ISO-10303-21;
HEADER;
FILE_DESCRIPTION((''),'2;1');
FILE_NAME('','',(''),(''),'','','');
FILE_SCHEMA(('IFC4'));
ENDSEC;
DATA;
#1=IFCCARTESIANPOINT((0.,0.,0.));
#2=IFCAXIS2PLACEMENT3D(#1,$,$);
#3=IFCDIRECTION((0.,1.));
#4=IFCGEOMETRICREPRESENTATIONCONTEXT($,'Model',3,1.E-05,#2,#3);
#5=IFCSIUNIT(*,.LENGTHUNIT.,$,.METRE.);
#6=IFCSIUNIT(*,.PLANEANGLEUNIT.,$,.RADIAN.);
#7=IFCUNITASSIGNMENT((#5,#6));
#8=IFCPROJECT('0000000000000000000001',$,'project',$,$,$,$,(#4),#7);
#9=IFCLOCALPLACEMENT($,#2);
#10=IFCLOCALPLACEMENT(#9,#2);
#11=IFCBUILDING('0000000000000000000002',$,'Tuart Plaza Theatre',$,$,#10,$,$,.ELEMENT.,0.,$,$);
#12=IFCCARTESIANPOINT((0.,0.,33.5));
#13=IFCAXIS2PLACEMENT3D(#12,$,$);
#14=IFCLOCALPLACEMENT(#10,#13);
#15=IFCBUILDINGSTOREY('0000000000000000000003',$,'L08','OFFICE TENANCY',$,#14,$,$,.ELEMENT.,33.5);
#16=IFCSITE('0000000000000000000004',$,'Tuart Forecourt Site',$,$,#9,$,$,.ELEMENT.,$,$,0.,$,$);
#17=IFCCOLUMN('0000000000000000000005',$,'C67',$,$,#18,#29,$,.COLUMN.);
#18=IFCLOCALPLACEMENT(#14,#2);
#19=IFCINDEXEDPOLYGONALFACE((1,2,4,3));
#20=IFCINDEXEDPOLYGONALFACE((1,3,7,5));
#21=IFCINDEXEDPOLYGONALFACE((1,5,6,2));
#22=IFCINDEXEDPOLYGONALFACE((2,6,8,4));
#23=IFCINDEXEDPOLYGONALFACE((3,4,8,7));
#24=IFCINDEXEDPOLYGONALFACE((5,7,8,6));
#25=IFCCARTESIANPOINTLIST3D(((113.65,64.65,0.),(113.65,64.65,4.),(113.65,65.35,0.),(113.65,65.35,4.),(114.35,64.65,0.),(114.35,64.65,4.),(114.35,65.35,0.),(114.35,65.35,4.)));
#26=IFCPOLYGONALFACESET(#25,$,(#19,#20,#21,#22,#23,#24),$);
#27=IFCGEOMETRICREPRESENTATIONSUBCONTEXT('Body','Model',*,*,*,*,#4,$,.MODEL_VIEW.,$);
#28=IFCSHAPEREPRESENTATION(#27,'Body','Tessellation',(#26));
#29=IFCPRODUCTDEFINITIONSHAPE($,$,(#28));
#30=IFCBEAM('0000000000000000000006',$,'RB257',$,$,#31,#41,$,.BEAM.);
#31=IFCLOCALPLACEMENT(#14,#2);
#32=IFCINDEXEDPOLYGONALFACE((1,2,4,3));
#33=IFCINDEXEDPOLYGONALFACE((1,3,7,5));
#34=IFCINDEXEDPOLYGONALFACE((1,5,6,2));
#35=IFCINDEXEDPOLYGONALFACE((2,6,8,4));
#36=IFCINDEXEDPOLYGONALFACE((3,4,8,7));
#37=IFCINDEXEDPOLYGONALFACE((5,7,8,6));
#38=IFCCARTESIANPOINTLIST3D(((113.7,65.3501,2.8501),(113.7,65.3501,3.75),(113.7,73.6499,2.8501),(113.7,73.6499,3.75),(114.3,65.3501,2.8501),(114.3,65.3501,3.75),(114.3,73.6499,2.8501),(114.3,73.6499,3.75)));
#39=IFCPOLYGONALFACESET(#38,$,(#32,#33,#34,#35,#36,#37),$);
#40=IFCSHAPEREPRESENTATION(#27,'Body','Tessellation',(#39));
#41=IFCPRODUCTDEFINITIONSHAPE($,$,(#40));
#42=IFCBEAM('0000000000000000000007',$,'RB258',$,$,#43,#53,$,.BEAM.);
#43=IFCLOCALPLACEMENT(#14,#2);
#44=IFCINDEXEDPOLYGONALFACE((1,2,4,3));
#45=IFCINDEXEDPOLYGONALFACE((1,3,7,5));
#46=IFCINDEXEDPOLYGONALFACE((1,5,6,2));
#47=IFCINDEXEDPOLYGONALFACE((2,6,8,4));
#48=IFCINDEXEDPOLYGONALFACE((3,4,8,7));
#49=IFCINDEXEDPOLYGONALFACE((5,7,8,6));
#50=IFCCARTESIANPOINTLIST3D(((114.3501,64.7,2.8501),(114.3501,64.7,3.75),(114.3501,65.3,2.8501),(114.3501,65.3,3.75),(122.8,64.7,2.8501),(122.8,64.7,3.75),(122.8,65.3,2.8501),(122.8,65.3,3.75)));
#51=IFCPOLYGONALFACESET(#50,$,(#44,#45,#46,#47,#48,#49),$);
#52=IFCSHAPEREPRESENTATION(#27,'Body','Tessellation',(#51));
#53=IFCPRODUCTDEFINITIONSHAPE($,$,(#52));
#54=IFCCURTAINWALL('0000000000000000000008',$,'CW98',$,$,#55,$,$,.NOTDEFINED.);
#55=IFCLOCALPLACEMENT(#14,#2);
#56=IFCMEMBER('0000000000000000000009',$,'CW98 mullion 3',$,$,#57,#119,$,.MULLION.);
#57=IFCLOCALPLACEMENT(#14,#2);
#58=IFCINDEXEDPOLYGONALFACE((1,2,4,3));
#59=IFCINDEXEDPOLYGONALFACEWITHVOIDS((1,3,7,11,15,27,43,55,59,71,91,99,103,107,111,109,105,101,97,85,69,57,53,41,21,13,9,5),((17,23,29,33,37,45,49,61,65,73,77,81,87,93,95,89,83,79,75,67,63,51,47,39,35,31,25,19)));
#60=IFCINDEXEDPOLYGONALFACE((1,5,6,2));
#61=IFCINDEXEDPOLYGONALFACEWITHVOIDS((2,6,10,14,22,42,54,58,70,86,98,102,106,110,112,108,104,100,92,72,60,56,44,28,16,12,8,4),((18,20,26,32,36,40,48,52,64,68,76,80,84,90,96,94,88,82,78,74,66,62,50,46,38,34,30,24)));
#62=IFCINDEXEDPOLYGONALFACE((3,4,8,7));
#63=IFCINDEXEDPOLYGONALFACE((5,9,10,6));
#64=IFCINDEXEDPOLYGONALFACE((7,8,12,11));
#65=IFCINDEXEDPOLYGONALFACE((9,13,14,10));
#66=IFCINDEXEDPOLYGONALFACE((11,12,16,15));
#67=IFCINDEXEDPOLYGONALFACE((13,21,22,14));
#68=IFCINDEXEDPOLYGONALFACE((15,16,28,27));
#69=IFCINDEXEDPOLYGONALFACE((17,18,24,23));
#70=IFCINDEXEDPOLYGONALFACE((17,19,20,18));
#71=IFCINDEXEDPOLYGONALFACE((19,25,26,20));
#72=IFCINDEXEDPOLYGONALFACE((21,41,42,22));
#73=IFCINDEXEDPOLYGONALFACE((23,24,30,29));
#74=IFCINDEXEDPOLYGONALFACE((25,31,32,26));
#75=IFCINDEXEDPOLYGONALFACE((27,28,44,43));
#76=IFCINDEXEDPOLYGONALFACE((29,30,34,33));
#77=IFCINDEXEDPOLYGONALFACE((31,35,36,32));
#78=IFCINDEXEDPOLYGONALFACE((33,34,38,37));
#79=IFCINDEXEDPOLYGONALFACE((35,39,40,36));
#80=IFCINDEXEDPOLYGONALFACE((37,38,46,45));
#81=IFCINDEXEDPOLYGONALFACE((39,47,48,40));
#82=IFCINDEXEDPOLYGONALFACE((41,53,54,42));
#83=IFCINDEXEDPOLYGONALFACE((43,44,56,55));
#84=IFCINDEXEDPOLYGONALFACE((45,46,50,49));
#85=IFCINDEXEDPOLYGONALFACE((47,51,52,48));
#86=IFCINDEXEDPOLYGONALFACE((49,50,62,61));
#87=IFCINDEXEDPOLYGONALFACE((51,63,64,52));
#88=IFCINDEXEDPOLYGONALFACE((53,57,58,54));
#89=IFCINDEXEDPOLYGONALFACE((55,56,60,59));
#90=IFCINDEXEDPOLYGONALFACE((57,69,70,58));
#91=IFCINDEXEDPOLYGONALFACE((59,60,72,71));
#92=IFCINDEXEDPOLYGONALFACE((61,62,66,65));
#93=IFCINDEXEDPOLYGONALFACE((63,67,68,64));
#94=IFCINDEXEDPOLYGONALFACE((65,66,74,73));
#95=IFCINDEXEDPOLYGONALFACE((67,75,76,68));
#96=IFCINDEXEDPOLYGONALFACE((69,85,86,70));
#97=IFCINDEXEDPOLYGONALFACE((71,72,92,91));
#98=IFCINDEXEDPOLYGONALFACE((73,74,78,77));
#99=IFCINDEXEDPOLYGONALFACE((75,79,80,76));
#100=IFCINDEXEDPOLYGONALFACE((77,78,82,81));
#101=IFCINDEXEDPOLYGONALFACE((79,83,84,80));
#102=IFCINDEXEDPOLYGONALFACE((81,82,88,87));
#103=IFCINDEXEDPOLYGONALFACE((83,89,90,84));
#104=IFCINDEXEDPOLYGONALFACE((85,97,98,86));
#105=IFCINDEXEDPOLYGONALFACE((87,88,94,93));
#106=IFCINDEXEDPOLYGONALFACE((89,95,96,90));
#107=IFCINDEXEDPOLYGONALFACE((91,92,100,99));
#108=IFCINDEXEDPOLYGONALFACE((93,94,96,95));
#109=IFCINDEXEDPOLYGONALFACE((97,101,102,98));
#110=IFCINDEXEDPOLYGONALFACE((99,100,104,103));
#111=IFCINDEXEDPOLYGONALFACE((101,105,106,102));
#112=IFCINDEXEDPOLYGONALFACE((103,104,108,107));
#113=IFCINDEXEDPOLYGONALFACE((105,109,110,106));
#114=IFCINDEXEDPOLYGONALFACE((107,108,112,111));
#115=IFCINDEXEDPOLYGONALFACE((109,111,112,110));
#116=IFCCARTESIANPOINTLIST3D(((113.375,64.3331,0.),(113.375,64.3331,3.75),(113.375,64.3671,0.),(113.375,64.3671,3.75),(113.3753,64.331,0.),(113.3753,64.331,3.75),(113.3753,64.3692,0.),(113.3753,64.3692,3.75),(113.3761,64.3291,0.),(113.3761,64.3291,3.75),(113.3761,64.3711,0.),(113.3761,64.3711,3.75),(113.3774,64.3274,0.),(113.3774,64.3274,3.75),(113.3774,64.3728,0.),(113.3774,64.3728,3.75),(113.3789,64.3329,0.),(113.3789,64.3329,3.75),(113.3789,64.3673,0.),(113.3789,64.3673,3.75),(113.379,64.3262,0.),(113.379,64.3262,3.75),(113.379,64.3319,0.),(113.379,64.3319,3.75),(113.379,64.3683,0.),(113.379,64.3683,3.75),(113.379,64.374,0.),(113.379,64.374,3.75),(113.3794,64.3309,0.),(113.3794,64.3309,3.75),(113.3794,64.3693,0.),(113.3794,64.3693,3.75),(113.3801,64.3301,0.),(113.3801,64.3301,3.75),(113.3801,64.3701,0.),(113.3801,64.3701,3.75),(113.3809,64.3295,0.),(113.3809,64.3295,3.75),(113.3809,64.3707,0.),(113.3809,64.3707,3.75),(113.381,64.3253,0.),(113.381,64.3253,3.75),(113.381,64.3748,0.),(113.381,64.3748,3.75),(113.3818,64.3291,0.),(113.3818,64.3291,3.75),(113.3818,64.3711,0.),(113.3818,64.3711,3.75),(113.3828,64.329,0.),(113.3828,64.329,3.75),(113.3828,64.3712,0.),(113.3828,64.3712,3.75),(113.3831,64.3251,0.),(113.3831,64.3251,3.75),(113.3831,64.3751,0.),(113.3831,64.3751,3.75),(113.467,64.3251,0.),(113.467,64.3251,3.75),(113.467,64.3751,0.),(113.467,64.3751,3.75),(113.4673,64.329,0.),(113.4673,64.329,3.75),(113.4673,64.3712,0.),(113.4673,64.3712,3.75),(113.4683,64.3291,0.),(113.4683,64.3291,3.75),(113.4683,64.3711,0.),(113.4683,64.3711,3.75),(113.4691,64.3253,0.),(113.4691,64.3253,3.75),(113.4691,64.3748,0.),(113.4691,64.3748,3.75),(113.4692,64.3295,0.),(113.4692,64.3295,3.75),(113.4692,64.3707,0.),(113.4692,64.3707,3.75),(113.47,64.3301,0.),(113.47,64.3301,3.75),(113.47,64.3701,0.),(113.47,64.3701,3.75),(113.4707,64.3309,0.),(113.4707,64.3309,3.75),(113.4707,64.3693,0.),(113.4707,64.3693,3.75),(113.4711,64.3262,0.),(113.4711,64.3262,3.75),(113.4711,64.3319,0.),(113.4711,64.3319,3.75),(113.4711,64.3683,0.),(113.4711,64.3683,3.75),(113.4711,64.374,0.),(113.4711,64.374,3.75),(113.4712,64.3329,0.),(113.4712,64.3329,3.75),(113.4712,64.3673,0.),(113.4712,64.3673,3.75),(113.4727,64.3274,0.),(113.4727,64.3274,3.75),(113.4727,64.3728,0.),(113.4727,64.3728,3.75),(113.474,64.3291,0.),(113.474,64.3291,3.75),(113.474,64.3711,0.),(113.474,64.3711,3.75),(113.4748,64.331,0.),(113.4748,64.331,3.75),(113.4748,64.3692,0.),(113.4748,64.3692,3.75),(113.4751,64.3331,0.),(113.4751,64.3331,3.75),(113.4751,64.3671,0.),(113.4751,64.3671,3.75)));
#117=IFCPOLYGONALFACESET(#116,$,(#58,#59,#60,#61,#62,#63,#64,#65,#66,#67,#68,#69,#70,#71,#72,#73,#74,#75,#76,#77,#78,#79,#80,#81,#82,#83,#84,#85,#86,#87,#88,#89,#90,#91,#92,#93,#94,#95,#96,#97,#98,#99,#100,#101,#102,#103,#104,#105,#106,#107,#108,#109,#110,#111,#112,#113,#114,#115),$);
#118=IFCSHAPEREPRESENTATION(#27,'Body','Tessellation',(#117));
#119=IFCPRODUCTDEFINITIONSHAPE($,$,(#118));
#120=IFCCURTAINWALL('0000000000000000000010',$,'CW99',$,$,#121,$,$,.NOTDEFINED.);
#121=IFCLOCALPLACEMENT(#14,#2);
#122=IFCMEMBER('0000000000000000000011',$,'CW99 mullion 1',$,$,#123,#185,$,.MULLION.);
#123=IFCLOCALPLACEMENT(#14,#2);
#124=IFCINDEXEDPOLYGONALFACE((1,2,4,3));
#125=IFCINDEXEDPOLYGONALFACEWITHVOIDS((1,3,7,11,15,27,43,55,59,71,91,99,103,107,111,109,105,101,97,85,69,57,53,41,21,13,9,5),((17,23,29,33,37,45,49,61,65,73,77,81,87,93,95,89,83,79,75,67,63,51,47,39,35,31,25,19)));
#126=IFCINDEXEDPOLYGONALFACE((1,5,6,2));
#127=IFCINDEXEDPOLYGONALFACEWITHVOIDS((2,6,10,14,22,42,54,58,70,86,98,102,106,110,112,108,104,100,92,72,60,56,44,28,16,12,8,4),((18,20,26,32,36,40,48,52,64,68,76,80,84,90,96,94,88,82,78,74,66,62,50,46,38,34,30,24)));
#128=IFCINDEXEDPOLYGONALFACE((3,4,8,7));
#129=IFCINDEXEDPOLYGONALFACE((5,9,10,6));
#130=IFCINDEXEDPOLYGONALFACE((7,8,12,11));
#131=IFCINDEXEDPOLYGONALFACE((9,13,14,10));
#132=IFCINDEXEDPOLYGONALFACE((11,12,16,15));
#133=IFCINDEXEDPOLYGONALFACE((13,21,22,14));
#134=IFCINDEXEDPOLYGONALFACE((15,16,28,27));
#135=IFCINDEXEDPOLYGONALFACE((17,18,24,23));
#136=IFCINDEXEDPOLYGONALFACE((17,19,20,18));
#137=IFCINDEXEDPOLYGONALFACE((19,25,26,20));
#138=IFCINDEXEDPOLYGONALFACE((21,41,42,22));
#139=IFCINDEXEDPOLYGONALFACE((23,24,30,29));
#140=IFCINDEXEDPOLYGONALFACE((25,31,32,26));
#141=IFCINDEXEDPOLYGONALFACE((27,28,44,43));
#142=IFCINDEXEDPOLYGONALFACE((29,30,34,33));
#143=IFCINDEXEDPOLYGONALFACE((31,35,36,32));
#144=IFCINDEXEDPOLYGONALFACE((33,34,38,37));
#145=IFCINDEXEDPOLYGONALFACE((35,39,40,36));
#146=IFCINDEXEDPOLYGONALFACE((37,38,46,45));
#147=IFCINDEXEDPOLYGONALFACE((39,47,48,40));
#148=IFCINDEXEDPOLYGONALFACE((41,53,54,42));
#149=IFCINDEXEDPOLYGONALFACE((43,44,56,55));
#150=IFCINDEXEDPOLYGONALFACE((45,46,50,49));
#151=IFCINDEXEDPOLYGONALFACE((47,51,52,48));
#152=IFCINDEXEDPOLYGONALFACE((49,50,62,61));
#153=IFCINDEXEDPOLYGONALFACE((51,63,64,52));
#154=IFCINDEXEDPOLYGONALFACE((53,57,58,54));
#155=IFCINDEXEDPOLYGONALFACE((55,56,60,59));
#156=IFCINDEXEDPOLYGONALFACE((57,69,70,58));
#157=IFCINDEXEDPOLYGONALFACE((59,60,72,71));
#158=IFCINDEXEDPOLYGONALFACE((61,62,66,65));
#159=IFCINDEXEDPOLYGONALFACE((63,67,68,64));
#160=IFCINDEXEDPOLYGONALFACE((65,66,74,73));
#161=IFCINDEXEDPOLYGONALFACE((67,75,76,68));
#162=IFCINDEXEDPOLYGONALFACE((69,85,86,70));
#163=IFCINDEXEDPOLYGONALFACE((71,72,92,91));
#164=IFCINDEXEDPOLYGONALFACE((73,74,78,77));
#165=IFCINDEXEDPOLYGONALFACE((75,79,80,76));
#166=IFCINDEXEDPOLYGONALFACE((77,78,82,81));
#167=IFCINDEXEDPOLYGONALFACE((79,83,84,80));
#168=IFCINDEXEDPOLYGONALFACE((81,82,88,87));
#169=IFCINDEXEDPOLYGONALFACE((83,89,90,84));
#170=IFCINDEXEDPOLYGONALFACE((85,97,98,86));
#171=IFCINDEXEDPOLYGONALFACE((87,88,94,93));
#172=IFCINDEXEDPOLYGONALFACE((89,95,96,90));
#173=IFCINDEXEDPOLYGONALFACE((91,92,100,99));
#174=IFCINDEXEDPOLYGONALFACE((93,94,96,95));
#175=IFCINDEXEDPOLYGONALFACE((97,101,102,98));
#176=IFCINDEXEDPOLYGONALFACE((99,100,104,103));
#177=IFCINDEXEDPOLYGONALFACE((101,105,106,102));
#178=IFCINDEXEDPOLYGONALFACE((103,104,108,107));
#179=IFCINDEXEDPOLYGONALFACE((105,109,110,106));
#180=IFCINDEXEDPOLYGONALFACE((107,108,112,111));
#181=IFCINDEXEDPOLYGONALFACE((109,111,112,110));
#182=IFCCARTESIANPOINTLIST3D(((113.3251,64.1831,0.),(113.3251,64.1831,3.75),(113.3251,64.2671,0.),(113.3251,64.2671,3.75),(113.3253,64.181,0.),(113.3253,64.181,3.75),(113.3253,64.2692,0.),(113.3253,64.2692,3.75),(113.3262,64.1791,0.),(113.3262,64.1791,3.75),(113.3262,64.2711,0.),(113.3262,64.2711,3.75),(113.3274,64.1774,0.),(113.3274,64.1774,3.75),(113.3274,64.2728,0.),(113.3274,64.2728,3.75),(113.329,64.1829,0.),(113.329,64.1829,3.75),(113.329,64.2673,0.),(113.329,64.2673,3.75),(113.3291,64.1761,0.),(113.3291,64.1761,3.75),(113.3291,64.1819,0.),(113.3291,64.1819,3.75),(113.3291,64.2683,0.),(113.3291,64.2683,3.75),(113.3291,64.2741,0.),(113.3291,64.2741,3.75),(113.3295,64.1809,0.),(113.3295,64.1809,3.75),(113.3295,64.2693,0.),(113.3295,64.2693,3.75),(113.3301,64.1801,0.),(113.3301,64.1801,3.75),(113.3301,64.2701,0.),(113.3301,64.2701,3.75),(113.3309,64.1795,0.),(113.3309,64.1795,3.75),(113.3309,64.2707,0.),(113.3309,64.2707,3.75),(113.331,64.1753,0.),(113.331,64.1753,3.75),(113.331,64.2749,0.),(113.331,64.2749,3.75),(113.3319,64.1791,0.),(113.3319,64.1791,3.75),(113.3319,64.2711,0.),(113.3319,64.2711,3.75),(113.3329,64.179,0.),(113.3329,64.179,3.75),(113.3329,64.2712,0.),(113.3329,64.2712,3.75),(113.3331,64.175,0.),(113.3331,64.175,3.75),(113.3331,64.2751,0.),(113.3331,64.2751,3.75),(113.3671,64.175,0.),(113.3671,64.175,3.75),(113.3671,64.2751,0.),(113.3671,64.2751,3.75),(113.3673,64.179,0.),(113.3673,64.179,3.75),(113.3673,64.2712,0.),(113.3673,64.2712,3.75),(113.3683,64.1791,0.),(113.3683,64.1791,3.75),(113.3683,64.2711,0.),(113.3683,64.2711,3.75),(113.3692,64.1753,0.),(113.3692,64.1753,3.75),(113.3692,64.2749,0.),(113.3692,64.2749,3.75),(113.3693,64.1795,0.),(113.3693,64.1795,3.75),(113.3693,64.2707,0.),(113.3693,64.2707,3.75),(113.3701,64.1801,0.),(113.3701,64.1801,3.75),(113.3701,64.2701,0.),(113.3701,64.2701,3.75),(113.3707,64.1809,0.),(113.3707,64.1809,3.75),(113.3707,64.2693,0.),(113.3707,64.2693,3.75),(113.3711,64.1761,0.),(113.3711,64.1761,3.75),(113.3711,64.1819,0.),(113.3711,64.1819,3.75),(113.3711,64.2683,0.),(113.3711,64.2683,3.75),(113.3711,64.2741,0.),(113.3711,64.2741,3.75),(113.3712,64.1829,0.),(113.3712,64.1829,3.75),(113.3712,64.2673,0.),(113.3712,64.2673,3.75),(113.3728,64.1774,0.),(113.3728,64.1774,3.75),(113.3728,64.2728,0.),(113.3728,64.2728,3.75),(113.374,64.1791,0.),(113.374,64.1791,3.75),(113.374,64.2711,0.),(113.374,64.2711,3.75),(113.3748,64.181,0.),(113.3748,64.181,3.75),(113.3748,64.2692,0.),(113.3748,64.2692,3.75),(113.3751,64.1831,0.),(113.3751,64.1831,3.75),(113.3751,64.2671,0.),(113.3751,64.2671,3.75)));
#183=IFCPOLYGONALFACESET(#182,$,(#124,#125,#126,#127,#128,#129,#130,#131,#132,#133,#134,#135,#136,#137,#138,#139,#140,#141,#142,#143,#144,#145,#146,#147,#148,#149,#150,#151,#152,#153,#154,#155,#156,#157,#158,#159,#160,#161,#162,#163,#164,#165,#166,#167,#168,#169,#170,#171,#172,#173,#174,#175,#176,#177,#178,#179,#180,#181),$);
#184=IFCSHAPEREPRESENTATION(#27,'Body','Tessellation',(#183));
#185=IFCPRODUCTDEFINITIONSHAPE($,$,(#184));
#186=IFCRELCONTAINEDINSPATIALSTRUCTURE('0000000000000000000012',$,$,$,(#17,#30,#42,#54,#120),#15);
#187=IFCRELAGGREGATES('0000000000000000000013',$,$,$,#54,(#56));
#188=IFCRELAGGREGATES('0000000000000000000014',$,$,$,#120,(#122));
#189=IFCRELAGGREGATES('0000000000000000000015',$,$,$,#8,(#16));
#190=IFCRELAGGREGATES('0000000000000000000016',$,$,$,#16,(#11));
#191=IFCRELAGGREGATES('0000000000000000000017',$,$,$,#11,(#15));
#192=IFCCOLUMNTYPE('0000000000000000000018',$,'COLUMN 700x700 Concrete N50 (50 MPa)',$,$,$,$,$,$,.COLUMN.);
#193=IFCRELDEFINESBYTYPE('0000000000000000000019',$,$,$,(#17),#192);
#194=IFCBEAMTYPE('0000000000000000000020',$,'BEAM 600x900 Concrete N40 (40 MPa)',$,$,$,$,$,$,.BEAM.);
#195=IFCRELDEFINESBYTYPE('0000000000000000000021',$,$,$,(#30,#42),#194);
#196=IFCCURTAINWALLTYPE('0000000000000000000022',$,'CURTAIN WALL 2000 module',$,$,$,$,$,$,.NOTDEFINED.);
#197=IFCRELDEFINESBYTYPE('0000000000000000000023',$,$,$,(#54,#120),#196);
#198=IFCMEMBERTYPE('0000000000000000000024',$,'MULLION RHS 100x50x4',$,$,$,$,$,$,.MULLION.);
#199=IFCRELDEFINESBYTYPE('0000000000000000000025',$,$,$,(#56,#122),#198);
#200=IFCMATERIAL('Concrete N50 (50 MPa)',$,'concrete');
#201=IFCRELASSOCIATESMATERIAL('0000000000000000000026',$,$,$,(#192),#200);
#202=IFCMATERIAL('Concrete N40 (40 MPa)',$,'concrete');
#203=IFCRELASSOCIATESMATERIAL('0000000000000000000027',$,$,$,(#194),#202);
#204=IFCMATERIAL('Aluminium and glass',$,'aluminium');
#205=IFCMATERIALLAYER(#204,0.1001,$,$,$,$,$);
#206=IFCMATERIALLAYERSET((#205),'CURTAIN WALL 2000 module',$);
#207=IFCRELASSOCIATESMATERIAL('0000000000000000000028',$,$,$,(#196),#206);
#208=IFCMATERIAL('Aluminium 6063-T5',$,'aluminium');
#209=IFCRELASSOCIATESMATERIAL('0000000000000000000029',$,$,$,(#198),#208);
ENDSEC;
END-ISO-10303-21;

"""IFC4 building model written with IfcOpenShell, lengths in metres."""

from ifc_helpers import new_model, si_unit, direction, frame, origin, origin_2d, place, context, subcontext, project, spatial, rectangle, hollow_rectangle, extrude, material, layer, layer_set, material_profile, profile_set, type_object, element, aggregate, save


model = new_model("IFC4")

# Units and contexts
model_context = context("Model", 3, precision=1e-05, world=origin(), true_north=direction((0.0, 1.0)))
body_context = subcontext(model_context, "Body", "Model", "MODEL_VIEW")
ifc_project = project(units=[si_unit("LENGTHUNIT", "METRE"), si_unit("PLANEANGLEUNIT", "RADIAN")], contexts=[model_context])

# Site, building, storey
site_placement = place(None, origin())
site = spatial("IfcSite", under=ifc_project, at=site_placement, Name="Tuart Forecourt Site", CompositionType="ELEMENT", RefElevation=0.0)
building_placement = place(site_placement, origin())
building = spatial("IfcBuilding", under=site, at=building_placement, Name="Tuart Plaza Theatre", CompositionType="ELEMENT", ElevationOfRefHeight=0.0)
storey_placement = place(building_placement, frame((0.0, 0.0, 33.5)))
storey = spatial("IfcBuildingStorey", under=building, at=storey_placement, Name="L08", Description="OFFICE TENANCY", CompositionType="ELEMENT", Elevation=33.5)

# Column
ifc_material_1 = material(Name="Concrete N50 (50 MPa)", Category="concrete")
ifc_material_profile_1 = material_profile(ifc_material_1, rectangle(XDim=0.7, YDim=0.7, at=origin_2d()), Name="COLUMN 700x700 Concrete N50 (50 MPa)")
ifc_profile_set_1 = profile_set([ifc_material_profile_1], Name="Concrete N50 (50 MPa)")
column_type = type_object("IfcColumnType", Name="COLUMN 700x700 Concrete N50 (50 MPa)", PredefinedType="COLUMN", material=ifc_profile_set_1)
column_placement = place(storey_placement, frame((114.0, 65.0, 0.0), z_axis=(0.0, 0.0, 1.0), x_axis=(1.0, 0.0, 0.0)))
element("IfcColumn", 1, at=column_placement, inside=storey, type_object=column_type, Name="C67", PredefinedType="COLUMN", context=body_context, shape_type="SweptSolid", body=[
    extrude(rectangle(XDim=0.7, YDim=0.7, at=origin_2d()), origin(), (0.0, 0.0, 1.0), 4.0),
])

# Beams
ifc_material_2 = material(Name="Concrete N40 (40 MPa)", Category="concrete")
ifc_material_profile_2 = material_profile(ifc_material_2, rectangle(XDim=0.6001, YDim=0.8999, at=origin_2d()), Name="BEAM 600x900 Concrete N40 (40 MPa)")
ifc_profile_set_2 = profile_set([ifc_material_profile_2], Name="Concrete N40 (40 MPa)")
beam_type = type_object("IfcBeamType", Name="BEAM 600x900 Concrete N40 (40 MPa)", PredefinedType="BEAM", material=ifc_profile_set_2)
beam_1_placement = place(storey_placement, frame((114.0, 65.3501, 3.3), z_axis=(0.0, 1.0, 0.0), x_axis=(-1.0, 0.0, 0.0)))
element("IfcBeam", 2, at=beam_1_placement, inside=storey, type_object=beam_type, Name="RB257", PredefinedType="BEAM", context=body_context, shape_type="SweptSolid", body=[
    extrude(rectangle(XDim=0.6001, YDim=0.8999, at=origin_2d()), origin(), (0.0, 0.0, 1.0), 8.2998),
])
beam_2_placement = place(storey_placement, frame((114.3501, 65.0, 3.3), z_axis=(1.0, 0.0, 0.0), x_axis=(0.0, 1.0, 0.0)))
element("IfcBeam", 3, at=beam_2_placement, inside=storey, type_object=beam_type, Name="RB258", PredefinedType="BEAM", context=body_context, shape_type="SweptSolid", body=[
    extrude(rectangle(XDim=0.6001, YDim=0.8999, at=origin_2d()), origin(), (0.0, 0.0, 1.0), 8.45),
])

# Curtain wall, member
ifc_material_3 = material(Name="Aluminium and glass", Category="aluminium")
ifc_layer_1 = layer(ifc_material_3, 0.1001)
ifc_layer_set_1 = layer_set([ifc_layer_1], Name="CURTAIN WALL 2000 module")
curtain_wall_type = type_object("IfcCurtainWallType", Name="CURTAIN WALL 2000 module", PredefinedType="NOTDEFINED", material=ifc_layer_set_1)
curtain_wall_1_placement = place(storey_placement, origin())
curtain_wall_1 = element("IfcCurtainWall", 4, at=curtain_wall_1_placement, inside=storey, type_object=curtain_wall_type, Name="CW98", PredefinedType="NOTDEFINED")
ifc_material_4 = material(Name="Aluminium 6063-T5", Category="aluminium")
ifc_material_profile_3 = material_profile(ifc_material_4, hollow_rectangle(XDim=0.05, YDim=0.1001, WallThickness=0.0039, InnerFilletRadius=0.0039, OuterFilletRadius=0.0081, at=origin_2d()), Name="RHS 100x50x4")
ifc_profile_set_3 = profile_set([ifc_material_profile_3], Name="Aluminium 6063-T5")
member_type_1 = type_object("IfcMemberType", Name="MULLION RHS 100x50x4", PredefinedType="MULLION", material=ifc_profile_set_3)
member_1_placement = place(storey_placement, frame((113.425, 64.3501, 0.0), z_axis=(0.0, 0.0, 1.0), x_axis=(0.0, 1.0, 0.0)))
member_1 = element("IfcMember", 5, at=member_1_placement, type_object=member_type_1, Name="CW98 mullion 3", PredefinedType="MULLION", context=body_context, shape_type="SweptSolid", body=[
    extrude(hollow_rectangle(XDim=0.05, YDim=0.1001, WallThickness=0.0039, InnerFilletRadius=0.0039, OuterFilletRadius=0.0081, at=origin_2d()), origin(), (0.0, 0.0, 1.0), 3.75),
])

# Curtain wall, member
curtain_wall_2_placement = place(storey_placement, origin())
curtain_wall_2 = element("IfcCurtainWall", 6, at=curtain_wall_2_placement, inside=storey, type_object=curtain_wall_type, Name="CW99", PredefinedType="NOTDEFINED")
member_2_placement = place(storey_placement, frame((113.3501, 64.2251, 0.0), z_axis=(0.0, 0.0, 1.0), x_axis=(1.0, 0.0, 0.0)))
member_2 = element("IfcMember", 7, at=member_2_placement, type_object=member_type_1, Name="CW99 mullion 1", PredefinedType="MULLION", context=body_context, shape_type="SweptSolid", body=[
    extrude(hollow_rectangle(XDim=0.05, YDim=0.1001, WallThickness=0.0039, InnerFilletRadius=0.0039, OuterFilletRadius=0.0081, at=origin_2d()), origin(), (0.0, 0.0, 1.0), 3.75),
])

aggregate(curtain_wall_1, [member_1])
aggregate(curtain_wall_2, [member_2])

save(model, "model.ifc")
